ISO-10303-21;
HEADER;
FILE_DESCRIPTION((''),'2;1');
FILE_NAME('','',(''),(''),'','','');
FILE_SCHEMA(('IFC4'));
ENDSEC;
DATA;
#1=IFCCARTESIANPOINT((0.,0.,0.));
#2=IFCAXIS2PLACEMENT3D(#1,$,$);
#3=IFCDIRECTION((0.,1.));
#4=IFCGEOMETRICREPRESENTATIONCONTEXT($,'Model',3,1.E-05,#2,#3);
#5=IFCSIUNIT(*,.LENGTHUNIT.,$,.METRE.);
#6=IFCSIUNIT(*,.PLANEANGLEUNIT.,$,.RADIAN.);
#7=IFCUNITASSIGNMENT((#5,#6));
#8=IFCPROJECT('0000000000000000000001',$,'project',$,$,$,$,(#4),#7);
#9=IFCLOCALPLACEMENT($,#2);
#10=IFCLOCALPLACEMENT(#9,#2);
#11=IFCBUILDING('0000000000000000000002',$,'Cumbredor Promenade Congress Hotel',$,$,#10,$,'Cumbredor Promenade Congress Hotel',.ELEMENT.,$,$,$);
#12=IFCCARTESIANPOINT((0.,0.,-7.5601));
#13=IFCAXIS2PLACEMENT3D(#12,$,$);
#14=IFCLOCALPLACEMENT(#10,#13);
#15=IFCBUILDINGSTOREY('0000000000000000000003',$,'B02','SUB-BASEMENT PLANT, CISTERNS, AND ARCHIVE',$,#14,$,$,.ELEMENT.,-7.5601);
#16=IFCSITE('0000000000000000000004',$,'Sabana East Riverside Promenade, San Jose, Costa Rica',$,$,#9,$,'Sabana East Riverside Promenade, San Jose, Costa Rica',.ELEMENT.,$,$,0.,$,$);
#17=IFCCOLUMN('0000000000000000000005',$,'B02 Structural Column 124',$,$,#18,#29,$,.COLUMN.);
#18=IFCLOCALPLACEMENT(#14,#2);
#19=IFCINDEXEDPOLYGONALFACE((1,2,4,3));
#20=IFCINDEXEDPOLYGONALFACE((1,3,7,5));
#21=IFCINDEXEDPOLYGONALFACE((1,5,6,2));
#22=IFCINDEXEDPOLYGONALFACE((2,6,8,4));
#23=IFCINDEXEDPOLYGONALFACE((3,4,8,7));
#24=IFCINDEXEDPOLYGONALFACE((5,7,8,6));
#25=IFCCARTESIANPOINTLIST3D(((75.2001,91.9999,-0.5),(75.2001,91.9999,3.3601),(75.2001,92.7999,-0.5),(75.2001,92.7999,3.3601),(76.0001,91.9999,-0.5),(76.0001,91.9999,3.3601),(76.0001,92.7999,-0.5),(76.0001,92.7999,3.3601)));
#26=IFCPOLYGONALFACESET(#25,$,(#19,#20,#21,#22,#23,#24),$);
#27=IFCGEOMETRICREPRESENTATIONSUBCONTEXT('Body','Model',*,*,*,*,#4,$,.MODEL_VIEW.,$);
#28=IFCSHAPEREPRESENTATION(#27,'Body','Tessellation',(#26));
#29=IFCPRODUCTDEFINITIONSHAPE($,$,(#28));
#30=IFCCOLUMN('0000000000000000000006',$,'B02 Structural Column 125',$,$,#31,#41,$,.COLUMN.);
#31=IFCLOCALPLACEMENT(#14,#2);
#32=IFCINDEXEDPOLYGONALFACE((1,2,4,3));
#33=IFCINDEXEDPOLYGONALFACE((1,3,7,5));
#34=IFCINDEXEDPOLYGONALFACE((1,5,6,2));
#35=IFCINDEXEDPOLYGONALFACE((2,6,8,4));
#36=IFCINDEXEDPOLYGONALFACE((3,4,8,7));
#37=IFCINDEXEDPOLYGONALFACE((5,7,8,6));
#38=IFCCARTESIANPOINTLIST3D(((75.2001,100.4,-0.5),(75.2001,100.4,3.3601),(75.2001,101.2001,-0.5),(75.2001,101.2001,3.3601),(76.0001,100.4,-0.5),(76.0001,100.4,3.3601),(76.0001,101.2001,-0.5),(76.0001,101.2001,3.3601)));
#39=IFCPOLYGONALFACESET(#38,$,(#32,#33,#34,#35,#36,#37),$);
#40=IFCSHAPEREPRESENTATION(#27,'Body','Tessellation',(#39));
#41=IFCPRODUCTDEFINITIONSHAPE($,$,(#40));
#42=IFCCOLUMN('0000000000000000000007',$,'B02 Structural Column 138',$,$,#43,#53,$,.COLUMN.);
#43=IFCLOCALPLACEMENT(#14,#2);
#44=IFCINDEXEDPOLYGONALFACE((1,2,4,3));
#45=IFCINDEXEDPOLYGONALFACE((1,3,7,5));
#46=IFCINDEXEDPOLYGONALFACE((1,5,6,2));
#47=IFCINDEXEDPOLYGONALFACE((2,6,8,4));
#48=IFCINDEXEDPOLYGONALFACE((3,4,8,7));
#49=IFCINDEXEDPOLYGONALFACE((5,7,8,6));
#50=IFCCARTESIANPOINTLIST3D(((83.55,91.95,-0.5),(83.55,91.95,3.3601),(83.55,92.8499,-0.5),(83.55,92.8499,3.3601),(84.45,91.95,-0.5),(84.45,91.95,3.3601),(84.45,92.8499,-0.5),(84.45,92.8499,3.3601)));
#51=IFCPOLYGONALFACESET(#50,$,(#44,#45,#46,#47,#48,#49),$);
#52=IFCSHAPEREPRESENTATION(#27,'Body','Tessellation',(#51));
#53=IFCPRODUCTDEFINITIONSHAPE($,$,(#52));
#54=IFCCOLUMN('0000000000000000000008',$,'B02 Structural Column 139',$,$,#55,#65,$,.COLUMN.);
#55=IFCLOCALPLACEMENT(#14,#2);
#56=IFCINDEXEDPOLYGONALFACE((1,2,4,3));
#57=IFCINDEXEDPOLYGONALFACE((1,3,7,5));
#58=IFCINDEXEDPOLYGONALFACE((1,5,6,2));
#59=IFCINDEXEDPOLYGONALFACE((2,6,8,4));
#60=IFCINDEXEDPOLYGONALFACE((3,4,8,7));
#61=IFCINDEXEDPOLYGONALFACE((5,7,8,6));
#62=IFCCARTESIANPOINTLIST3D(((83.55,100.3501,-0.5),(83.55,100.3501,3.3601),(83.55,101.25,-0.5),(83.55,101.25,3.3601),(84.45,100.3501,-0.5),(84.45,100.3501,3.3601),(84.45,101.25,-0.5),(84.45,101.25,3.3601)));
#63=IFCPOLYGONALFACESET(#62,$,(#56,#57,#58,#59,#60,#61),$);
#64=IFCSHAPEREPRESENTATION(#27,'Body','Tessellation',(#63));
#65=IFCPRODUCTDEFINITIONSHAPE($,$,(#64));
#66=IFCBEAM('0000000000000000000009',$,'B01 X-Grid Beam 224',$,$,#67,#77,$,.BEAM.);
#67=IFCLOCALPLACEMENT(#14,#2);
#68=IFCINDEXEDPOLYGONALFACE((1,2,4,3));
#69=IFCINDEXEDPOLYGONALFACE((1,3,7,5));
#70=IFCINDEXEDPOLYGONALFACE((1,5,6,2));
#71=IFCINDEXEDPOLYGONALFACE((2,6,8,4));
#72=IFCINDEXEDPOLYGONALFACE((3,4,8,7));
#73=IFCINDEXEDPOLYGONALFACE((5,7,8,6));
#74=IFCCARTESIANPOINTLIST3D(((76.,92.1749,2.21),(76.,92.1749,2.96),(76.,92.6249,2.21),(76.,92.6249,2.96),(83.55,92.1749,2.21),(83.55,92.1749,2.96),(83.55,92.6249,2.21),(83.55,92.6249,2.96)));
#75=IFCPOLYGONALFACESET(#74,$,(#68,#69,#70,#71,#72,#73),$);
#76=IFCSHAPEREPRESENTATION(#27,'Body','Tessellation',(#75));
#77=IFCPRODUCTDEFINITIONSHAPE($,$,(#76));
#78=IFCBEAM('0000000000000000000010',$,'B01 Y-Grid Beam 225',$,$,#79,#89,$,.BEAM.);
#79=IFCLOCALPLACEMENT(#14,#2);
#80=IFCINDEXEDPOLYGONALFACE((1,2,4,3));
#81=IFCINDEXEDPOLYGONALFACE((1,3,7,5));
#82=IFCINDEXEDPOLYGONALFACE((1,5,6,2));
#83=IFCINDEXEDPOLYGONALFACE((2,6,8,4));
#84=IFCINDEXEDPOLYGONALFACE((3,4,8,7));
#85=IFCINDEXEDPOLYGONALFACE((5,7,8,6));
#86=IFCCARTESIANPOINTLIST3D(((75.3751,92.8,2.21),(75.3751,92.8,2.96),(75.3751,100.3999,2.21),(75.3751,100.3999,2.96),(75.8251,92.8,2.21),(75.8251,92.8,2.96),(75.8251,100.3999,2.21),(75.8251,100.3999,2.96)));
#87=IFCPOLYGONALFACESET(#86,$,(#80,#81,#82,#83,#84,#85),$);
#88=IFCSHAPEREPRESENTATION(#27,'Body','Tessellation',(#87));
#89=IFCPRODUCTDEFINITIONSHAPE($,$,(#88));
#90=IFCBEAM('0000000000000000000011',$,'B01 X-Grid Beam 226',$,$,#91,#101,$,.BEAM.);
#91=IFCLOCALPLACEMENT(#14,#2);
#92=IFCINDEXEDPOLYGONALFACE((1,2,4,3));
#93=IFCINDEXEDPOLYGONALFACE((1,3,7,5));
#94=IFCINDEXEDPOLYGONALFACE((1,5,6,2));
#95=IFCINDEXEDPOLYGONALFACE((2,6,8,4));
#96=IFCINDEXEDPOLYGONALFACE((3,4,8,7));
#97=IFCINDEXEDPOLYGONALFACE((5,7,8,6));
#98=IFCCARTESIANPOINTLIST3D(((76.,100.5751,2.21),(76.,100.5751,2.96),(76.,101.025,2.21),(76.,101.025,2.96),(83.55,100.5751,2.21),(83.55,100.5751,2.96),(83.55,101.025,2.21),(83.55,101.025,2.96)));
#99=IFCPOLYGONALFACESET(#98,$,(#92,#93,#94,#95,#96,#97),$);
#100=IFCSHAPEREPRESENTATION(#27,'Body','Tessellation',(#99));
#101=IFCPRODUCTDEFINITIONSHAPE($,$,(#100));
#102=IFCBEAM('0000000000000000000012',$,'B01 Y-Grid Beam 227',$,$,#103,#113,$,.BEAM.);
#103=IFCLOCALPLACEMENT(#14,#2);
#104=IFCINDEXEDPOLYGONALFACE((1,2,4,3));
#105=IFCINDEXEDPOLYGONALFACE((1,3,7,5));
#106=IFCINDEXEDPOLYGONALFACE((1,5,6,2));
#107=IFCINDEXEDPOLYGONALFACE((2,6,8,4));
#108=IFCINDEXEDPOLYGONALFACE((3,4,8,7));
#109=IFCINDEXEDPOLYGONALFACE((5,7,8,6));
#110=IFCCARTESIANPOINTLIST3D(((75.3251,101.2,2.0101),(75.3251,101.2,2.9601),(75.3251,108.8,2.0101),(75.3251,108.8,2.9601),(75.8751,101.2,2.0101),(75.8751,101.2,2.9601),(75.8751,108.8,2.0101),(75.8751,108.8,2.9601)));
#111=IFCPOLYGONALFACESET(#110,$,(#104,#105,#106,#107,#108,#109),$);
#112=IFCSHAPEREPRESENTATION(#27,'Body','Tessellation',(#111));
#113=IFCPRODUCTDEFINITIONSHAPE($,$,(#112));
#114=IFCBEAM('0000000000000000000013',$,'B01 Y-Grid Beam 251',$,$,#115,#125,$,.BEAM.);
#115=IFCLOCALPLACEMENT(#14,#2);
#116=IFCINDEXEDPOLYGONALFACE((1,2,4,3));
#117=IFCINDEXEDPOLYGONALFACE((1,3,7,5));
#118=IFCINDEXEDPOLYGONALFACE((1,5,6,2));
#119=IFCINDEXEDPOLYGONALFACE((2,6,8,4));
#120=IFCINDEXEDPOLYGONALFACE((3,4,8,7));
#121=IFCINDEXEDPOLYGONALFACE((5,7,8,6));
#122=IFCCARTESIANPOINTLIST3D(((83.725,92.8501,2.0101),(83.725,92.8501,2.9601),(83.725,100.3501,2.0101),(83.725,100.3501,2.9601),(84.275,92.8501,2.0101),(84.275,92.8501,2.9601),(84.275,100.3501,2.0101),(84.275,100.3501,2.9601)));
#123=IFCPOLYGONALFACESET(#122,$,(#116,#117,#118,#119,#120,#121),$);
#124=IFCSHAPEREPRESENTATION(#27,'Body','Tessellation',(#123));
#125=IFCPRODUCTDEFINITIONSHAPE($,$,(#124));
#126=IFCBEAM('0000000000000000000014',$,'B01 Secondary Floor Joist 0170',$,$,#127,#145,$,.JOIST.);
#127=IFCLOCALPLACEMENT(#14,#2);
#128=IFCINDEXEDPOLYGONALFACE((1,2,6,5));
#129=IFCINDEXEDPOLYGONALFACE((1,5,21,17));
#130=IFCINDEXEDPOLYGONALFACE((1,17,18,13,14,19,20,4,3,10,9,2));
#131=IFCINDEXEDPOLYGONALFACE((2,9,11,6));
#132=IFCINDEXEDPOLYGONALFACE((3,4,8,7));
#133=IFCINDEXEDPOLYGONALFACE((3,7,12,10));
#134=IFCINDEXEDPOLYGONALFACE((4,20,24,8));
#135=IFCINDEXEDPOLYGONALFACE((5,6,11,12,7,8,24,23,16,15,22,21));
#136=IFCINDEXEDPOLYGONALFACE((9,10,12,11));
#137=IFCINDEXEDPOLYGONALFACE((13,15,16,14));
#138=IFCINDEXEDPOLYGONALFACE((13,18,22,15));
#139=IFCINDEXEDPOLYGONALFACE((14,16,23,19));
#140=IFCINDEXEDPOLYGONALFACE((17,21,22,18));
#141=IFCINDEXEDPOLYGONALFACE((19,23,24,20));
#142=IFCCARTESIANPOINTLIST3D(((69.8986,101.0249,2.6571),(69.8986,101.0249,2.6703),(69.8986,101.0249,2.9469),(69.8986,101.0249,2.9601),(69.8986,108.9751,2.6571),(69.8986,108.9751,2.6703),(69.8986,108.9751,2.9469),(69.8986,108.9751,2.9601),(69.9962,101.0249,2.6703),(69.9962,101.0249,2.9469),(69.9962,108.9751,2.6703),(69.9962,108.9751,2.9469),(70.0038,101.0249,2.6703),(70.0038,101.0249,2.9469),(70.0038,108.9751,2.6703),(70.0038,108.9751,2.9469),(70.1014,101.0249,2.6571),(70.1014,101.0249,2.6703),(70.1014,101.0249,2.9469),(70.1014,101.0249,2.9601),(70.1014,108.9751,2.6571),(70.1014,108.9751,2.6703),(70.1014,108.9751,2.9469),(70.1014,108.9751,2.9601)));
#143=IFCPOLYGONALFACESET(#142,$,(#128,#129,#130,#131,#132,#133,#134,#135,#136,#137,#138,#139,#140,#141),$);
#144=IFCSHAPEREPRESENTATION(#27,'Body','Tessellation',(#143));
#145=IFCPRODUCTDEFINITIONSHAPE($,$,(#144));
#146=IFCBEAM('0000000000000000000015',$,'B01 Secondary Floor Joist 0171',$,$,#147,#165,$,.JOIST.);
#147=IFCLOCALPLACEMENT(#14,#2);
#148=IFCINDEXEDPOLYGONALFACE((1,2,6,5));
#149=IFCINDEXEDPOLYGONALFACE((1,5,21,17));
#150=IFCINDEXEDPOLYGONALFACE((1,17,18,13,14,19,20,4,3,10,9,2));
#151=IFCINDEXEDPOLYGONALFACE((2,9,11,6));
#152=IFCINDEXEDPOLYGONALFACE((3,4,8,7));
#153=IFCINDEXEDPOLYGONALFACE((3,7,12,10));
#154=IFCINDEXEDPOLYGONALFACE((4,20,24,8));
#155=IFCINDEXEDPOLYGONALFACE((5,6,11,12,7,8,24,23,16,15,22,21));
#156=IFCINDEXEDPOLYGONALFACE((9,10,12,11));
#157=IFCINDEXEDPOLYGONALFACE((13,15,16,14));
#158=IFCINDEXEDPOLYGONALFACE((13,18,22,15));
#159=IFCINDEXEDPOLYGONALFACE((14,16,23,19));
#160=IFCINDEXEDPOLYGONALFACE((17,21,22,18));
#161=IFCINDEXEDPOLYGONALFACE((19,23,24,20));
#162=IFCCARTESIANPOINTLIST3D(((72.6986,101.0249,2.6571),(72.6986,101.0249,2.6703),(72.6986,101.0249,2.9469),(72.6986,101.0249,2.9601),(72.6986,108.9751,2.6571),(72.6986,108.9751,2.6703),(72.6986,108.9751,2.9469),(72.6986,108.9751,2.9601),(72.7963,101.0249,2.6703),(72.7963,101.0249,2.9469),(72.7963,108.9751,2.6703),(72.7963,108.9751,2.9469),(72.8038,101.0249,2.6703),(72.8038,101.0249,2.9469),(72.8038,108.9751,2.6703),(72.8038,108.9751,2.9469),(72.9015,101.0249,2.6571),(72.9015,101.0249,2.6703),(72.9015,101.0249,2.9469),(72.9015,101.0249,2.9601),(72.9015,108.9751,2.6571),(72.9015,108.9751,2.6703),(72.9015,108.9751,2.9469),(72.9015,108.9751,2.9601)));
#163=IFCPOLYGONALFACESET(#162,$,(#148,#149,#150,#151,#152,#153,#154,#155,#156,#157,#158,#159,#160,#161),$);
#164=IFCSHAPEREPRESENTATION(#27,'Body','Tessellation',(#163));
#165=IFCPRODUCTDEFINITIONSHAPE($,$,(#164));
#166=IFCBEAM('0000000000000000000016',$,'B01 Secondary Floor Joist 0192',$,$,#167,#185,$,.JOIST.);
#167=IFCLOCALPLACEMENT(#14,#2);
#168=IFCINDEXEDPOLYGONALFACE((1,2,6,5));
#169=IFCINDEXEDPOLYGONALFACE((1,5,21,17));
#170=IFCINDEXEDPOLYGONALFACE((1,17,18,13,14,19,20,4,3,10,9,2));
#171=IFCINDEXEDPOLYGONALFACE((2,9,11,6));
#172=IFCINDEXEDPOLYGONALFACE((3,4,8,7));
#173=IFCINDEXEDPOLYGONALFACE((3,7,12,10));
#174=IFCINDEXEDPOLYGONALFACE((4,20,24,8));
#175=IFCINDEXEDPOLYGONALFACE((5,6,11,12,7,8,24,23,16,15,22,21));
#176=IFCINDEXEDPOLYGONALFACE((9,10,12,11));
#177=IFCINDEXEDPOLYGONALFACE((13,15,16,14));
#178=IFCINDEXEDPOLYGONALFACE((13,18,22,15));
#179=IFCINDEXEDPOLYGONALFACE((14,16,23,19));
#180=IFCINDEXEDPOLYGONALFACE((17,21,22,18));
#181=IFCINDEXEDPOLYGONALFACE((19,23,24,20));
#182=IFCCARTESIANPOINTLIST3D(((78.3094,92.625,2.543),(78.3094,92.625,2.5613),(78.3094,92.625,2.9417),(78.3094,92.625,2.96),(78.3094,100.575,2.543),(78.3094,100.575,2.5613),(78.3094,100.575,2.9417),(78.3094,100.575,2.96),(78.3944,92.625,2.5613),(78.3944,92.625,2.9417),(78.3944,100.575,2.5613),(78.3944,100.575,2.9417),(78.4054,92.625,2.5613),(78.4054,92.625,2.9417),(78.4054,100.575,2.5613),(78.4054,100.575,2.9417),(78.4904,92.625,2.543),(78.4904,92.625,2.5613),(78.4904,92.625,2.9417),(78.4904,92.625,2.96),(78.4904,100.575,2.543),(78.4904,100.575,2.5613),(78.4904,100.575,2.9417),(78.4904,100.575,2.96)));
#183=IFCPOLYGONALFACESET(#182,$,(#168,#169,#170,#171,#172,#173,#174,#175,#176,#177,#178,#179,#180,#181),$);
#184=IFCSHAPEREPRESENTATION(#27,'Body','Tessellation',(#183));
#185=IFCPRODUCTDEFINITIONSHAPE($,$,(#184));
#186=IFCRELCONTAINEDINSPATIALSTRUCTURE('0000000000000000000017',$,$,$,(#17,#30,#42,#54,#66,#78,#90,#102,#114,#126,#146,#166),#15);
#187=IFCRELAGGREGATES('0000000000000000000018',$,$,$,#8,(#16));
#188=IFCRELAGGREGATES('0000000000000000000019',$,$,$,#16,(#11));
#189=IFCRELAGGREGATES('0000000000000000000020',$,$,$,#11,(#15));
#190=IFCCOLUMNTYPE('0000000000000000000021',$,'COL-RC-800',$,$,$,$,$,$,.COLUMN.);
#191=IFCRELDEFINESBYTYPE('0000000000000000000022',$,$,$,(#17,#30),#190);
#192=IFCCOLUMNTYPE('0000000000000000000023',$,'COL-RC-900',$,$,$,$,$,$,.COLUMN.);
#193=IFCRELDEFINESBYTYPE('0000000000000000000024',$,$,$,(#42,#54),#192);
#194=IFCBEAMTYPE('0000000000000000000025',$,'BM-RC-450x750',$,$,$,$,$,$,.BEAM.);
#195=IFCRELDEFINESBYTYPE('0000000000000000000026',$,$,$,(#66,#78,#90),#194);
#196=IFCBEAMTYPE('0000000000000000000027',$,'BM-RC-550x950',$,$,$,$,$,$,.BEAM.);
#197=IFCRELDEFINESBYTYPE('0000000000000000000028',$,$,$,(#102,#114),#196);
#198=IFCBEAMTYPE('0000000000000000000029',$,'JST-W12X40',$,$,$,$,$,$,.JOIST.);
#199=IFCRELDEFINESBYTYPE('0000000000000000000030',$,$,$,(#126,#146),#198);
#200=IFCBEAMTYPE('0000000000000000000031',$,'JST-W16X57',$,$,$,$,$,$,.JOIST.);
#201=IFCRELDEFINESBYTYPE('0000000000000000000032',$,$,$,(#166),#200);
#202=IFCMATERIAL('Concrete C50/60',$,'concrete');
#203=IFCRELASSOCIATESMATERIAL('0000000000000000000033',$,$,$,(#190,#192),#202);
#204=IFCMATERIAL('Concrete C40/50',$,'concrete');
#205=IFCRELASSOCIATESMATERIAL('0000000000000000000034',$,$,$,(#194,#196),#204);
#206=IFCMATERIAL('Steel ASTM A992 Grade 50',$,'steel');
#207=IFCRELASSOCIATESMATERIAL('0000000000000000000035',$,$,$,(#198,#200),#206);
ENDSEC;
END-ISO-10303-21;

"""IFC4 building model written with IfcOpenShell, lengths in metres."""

from ifc_helpers import new_model, si_unit, direction, frame, origin, origin_2d, place, context, subcontext, project, spatial, rectangle, i_section, extrude, material, material_profile, profile_set, type_object, element, save


model = new_model("IFC4")

# Units and contexts
model_context = context("Model", 3, precision=1e-05, world=origin(), true_north=direction((0.0, 1.0)))
body_context = subcontext(model_context, "Body", "Model", "MODEL_VIEW")
ifc_project = project(units=[si_unit("LENGTHUNIT", "METRE"), si_unit("PLANEANGLEUNIT", "RADIAN")], contexts=[model_context])

# Site, building, storey
site_placement = place(None, origin())
site = spatial("IfcSite", under=ifc_project, at=site_placement, Name="Sabana East Riverside Promenade, San Jose, Costa Rica", LongName="Sabana East Riverside Promenade, San Jose, Costa Rica", CompositionType="ELEMENT", RefElevation=0.0)
building_placement = place(site_placement, origin())
building = spatial("IfcBuilding", under=site, at=building_placement, Name="Cumbredor Promenade Congress Hotel", LongName="Cumbredor Promenade Congress Hotel", CompositionType="ELEMENT")
storey_placement = place(building_placement, frame((0.0, 0.0, -7.5601)))
storey = spatial("IfcBuildingStorey", under=building, at=storey_placement, Name="B02", Description="SUB-BASEMENT PLANT, CISTERNS, AND ARCHIVE", CompositionType="ELEMENT", Elevation=-7.5601)

# Shared definitions
ifc_material_1 = material(Name="Concrete C40/50", Category="concrete")

# Columns
ifc_material_2 = material(Name="Concrete C50/60", Category="concrete")
ifc_material_profile_1 = material_profile(ifc_material_2, rectangle(XDim=0.8, YDim=0.8, at=origin_2d()), Name="RC 800x800")
ifc_profile_set_1 = profile_set([ifc_material_profile_1], Name="Concrete C50/60")
column_type_1 = type_object("IfcColumnType", Name="COL-RC-800", PredefinedType="COLUMN", material=ifc_profile_set_1)
for number, where, z_axis, x_axis, name in (
    (1, (75.6001, 92.3999, -0.5), (0.0, 0.0, 1.0), (1.0, 0.0, 0.0), "B02 Structural Column 124"),
    (2, (75.6001, 100.8, -0.5), (0.0, 0.0, 1.0), (1.0, 0.0, 0.0), "B02 Structural Column 125"),
):
    element("IfcColumn", number, at=place(storey_placement, frame(where, z_axis=z_axis, x_axis=x_axis)), inside=storey, type_object=column_type_1, Name=name, PredefinedType="COLUMN", context=body_context, shape_type="SweptSolid", body=[
        extrude(rectangle(XDim=0.8, YDim=0.8, at=origin_2d()), origin(), (0.0, 0.0, 1.0), 3.8601),
    ])
ifc_material_profile_2 = material_profile(ifc_material_2, rectangle(XDim=0.8999, YDim=0.8999, at=origin_2d()), Name="RC 900x900")
ifc_profile_set_2 = profile_set([ifc_material_profile_2], Name="Concrete C50/60")
column_type_2 = type_object("IfcColumnType", Name="COL-RC-900", PredefinedType="COLUMN", material=ifc_profile_set_2)
for number, where, z_axis, x_axis, name in (
    (3, (84.0, 92.3999, -0.5), (0.0, 0.0, 1.0), (1.0, 0.0, 0.0), "B02 Structural Column 138"),
    (4, (84.0, 100.8, -0.5), (0.0, 0.0, 1.0), (1.0, 0.0, 0.0), "B02 Structural Column 139"),
):
    element("IfcColumn", number, at=place(storey_placement, frame(where, z_axis=z_axis, x_axis=x_axis)), inside=storey, type_object=column_type_2, Name=name, PredefinedType="COLUMN", context=body_context, shape_type="SweptSolid", body=[
        extrude(rectangle(XDim=0.8999, YDim=0.8999, at=origin_2d()), origin(), (0.0, 0.0, 1.0), 3.8601),
    ])

# Beams
ifc_material_profile_3 = material_profile(ifc_material_1, rectangle(XDim=0.45, YDim=0.75, at=origin_2d()), Name="RC BEAM 450x750")
ifc_profile_set_3 = profile_set([ifc_material_profile_3], Name="Concrete C40/50")
beam_type_1 = type_object("IfcBeamType", Name="BM-RC-450x750", PredefinedType="BEAM", material=ifc_profile_set_3)
beam_1_placement = place(storey_placement, frame((76.0, 92.3999, 2.585), z_axis=(1.0, 0.0, 0.0), x_axis=(0.0, 1.0, 0.0)))
element("IfcBeam", 5, at=beam_1_placement, inside=storey, type_object=beam_type_1, Name="B01 X-Grid Beam 224", PredefinedType="BEAM", context=body_context, shape_type="SweptSolid", body=[
    extrude(rectangle(XDim=0.45, YDim=0.75, at=origin_2d()), origin(), (0.0, 0.0, 1.0), 7.55),
])
beam_2_placement = place(storey_placement, frame((75.6001, 92.8, 2.585), z_axis=(0.0, 1.0, 0.0), x_axis=(-1.0, 0.0, 0.0)))
element("IfcBeam", 6, at=beam_2_placement, inside=storey, type_object=beam_type_1, Name="B01 Y-Grid Beam 225", PredefinedType="BEAM", context=body_context, shape_type="SweptSolid", body=[
    extrude(rectangle(XDim=0.45, YDim=0.75, at=origin_2d()), origin(), (0.0, 0.0, 1.0), 7.5999),
])
beam_3_placement = place(storey_placement, frame((76.0, 100.8, 2.585), z_axis=(1.0, 0.0, 0.0), x_axis=(0.0, 1.0, 0.0)))
element("IfcBeam", 7, at=beam_3_placement, inside=storey, type_object=beam_type_1, Name="B01 X-Grid Beam 226", PredefinedType="BEAM", context=body_context, shape_type="SweptSolid", body=[
    extrude(rectangle(XDim=0.45, YDim=0.75, at=origin_2d()), origin(), (0.0, 0.0, 1.0), 7.55),
])
ifc_material_profile_4 = material_profile(ifc_material_1, rectangle(XDim=0.55, YDim=0.95, at=origin_2d()), Name="RC BEAM 550x950")
ifc_profile_set_4 = profile_set([ifc_material_profile_4], Name="Concrete C40/50")
beam_type_2 = type_object("IfcBeamType", Name="BM-RC-550x950", PredefinedType="BEAM", material=ifc_profile_set_4)
beam_4_placement = place(storey_placement, frame((75.6001, 101.2, 2.4851), z_axis=(0.0, 1.0, 0.0), x_axis=(-1.0, 0.0, 0.0)))
element("IfcBeam", 8, at=beam_4_placement, inside=storey, type_object=beam_type_2, Name="B01 Y-Grid Beam 227", PredefinedType="BEAM", context=body_context, shape_type="SweptSolid", body=[
    extrude(rectangle(XDim=0.55, YDim=0.95, at=origin_2d()), origin(), (0.0, 0.0, 1.0), 7.6001),
])
beam_5_placement = place(storey_placement, frame((84.0, 92.8501, 2.4851), z_axis=(0.0, 1.0, 0.0), x_axis=(-1.0, 0.0, 0.0)))
element("IfcBeam", 9, at=beam_5_placement, inside=storey, type_object=beam_type_2, Name="B01 Y-Grid Beam 251", PredefinedType="BEAM", context=body_context, shape_type="SweptSolid", body=[
    extrude(rectangle(XDim=0.55, YDim=0.95, at=origin_2d()), origin(), (0.0, 0.0, 1.0), 7.5),
])
ifc_material_3 = material(Name="Steel ASTM A992 Grade 50", Category="steel")
ifc_material_profile_5 = material_profile(ifc_material_3, i_section(OverallWidth=0.2029, OverallDepth=0.303, WebThickness=0.0076, FlangeThickness=0.0132, at=origin_2d()), Name="W12X40")
ifc_profile_set_5 = profile_set([ifc_material_profile_5], Name="Steel ASTM A992 Grade 50")
beam_type_3 = type_object("IfcBeamType", Name="JST-W12X40", PredefinedType="JOIST", material=ifc_profile_set_5)
for number, where, z_axis, x_axis, name in (
    (10, (70.0, 101.0249, 2.8086), (0.0, 1.0, 0.0), (-1.0, 0.0, 0.0), "B01 Secondary Floor Joist 0170"),
    (11, (72.8, 101.0249, 2.8086), (0.0, 1.0, 0.0), (-1.0, 0.0, 0.0), "B01 Secondary Floor Joist 0171"),
):
    element("IfcBeam", number, at=place(storey_placement, frame(where, z_axis=z_axis, x_axis=x_axis)), inside=storey, type_object=beam_type_3, Name=name, PredefinedType="JOIST", context=body_context, shape_type="SweptSolid", body=[
        extrude(i_section(OverallWidth=0.2029, OverallDepth=0.303, WebThickness=0.0076, FlangeThickness=0.0132, at=origin_2d()), origin(), (0.0, 0.0, 1.0), 7.9502),
    ])
ifc_material_profile_6 = material_profile(ifc_material_3, i_section(OverallWidth=0.1809, OverallDepth=0.417, WebThickness=0.011, FlangeThickness=0.0183, at=origin_2d()), Name="W16X57")
ifc_profile_set_6 = profile_set([ifc_material_profile_6], Name="Steel ASTM A992 Grade 50")
beam_type_4 = type_object("IfcBeamType", Name="JST-W16X57", PredefinedType="JOIST", material=ifc_profile_set_6)
for number, where, z_axis, x_axis, name in (
    (12, (78.3999, 92.625, 2.7515), (0.0, 1.0, 0.0), (-1.0, 0.0, 0.0), "B01 Secondary Floor Joist 0192"),
):
    element("IfcBeam", number, at=place(storey_placement, frame(where, z_axis=z_axis, x_axis=x_axis)), inside=storey, type_object=beam_type_4, Name=name, PredefinedType="JOIST", context=body_context, shape_type="SweptSolid", body=[
        extrude(i_section(OverallWidth=0.1809, OverallDepth=0.417, WebThickness=0.011, FlangeThickness=0.0183, at=origin_2d()), origin(), (0.0, 0.0, 1.0), 7.95),
    ])

save(model, "model.ifc")
